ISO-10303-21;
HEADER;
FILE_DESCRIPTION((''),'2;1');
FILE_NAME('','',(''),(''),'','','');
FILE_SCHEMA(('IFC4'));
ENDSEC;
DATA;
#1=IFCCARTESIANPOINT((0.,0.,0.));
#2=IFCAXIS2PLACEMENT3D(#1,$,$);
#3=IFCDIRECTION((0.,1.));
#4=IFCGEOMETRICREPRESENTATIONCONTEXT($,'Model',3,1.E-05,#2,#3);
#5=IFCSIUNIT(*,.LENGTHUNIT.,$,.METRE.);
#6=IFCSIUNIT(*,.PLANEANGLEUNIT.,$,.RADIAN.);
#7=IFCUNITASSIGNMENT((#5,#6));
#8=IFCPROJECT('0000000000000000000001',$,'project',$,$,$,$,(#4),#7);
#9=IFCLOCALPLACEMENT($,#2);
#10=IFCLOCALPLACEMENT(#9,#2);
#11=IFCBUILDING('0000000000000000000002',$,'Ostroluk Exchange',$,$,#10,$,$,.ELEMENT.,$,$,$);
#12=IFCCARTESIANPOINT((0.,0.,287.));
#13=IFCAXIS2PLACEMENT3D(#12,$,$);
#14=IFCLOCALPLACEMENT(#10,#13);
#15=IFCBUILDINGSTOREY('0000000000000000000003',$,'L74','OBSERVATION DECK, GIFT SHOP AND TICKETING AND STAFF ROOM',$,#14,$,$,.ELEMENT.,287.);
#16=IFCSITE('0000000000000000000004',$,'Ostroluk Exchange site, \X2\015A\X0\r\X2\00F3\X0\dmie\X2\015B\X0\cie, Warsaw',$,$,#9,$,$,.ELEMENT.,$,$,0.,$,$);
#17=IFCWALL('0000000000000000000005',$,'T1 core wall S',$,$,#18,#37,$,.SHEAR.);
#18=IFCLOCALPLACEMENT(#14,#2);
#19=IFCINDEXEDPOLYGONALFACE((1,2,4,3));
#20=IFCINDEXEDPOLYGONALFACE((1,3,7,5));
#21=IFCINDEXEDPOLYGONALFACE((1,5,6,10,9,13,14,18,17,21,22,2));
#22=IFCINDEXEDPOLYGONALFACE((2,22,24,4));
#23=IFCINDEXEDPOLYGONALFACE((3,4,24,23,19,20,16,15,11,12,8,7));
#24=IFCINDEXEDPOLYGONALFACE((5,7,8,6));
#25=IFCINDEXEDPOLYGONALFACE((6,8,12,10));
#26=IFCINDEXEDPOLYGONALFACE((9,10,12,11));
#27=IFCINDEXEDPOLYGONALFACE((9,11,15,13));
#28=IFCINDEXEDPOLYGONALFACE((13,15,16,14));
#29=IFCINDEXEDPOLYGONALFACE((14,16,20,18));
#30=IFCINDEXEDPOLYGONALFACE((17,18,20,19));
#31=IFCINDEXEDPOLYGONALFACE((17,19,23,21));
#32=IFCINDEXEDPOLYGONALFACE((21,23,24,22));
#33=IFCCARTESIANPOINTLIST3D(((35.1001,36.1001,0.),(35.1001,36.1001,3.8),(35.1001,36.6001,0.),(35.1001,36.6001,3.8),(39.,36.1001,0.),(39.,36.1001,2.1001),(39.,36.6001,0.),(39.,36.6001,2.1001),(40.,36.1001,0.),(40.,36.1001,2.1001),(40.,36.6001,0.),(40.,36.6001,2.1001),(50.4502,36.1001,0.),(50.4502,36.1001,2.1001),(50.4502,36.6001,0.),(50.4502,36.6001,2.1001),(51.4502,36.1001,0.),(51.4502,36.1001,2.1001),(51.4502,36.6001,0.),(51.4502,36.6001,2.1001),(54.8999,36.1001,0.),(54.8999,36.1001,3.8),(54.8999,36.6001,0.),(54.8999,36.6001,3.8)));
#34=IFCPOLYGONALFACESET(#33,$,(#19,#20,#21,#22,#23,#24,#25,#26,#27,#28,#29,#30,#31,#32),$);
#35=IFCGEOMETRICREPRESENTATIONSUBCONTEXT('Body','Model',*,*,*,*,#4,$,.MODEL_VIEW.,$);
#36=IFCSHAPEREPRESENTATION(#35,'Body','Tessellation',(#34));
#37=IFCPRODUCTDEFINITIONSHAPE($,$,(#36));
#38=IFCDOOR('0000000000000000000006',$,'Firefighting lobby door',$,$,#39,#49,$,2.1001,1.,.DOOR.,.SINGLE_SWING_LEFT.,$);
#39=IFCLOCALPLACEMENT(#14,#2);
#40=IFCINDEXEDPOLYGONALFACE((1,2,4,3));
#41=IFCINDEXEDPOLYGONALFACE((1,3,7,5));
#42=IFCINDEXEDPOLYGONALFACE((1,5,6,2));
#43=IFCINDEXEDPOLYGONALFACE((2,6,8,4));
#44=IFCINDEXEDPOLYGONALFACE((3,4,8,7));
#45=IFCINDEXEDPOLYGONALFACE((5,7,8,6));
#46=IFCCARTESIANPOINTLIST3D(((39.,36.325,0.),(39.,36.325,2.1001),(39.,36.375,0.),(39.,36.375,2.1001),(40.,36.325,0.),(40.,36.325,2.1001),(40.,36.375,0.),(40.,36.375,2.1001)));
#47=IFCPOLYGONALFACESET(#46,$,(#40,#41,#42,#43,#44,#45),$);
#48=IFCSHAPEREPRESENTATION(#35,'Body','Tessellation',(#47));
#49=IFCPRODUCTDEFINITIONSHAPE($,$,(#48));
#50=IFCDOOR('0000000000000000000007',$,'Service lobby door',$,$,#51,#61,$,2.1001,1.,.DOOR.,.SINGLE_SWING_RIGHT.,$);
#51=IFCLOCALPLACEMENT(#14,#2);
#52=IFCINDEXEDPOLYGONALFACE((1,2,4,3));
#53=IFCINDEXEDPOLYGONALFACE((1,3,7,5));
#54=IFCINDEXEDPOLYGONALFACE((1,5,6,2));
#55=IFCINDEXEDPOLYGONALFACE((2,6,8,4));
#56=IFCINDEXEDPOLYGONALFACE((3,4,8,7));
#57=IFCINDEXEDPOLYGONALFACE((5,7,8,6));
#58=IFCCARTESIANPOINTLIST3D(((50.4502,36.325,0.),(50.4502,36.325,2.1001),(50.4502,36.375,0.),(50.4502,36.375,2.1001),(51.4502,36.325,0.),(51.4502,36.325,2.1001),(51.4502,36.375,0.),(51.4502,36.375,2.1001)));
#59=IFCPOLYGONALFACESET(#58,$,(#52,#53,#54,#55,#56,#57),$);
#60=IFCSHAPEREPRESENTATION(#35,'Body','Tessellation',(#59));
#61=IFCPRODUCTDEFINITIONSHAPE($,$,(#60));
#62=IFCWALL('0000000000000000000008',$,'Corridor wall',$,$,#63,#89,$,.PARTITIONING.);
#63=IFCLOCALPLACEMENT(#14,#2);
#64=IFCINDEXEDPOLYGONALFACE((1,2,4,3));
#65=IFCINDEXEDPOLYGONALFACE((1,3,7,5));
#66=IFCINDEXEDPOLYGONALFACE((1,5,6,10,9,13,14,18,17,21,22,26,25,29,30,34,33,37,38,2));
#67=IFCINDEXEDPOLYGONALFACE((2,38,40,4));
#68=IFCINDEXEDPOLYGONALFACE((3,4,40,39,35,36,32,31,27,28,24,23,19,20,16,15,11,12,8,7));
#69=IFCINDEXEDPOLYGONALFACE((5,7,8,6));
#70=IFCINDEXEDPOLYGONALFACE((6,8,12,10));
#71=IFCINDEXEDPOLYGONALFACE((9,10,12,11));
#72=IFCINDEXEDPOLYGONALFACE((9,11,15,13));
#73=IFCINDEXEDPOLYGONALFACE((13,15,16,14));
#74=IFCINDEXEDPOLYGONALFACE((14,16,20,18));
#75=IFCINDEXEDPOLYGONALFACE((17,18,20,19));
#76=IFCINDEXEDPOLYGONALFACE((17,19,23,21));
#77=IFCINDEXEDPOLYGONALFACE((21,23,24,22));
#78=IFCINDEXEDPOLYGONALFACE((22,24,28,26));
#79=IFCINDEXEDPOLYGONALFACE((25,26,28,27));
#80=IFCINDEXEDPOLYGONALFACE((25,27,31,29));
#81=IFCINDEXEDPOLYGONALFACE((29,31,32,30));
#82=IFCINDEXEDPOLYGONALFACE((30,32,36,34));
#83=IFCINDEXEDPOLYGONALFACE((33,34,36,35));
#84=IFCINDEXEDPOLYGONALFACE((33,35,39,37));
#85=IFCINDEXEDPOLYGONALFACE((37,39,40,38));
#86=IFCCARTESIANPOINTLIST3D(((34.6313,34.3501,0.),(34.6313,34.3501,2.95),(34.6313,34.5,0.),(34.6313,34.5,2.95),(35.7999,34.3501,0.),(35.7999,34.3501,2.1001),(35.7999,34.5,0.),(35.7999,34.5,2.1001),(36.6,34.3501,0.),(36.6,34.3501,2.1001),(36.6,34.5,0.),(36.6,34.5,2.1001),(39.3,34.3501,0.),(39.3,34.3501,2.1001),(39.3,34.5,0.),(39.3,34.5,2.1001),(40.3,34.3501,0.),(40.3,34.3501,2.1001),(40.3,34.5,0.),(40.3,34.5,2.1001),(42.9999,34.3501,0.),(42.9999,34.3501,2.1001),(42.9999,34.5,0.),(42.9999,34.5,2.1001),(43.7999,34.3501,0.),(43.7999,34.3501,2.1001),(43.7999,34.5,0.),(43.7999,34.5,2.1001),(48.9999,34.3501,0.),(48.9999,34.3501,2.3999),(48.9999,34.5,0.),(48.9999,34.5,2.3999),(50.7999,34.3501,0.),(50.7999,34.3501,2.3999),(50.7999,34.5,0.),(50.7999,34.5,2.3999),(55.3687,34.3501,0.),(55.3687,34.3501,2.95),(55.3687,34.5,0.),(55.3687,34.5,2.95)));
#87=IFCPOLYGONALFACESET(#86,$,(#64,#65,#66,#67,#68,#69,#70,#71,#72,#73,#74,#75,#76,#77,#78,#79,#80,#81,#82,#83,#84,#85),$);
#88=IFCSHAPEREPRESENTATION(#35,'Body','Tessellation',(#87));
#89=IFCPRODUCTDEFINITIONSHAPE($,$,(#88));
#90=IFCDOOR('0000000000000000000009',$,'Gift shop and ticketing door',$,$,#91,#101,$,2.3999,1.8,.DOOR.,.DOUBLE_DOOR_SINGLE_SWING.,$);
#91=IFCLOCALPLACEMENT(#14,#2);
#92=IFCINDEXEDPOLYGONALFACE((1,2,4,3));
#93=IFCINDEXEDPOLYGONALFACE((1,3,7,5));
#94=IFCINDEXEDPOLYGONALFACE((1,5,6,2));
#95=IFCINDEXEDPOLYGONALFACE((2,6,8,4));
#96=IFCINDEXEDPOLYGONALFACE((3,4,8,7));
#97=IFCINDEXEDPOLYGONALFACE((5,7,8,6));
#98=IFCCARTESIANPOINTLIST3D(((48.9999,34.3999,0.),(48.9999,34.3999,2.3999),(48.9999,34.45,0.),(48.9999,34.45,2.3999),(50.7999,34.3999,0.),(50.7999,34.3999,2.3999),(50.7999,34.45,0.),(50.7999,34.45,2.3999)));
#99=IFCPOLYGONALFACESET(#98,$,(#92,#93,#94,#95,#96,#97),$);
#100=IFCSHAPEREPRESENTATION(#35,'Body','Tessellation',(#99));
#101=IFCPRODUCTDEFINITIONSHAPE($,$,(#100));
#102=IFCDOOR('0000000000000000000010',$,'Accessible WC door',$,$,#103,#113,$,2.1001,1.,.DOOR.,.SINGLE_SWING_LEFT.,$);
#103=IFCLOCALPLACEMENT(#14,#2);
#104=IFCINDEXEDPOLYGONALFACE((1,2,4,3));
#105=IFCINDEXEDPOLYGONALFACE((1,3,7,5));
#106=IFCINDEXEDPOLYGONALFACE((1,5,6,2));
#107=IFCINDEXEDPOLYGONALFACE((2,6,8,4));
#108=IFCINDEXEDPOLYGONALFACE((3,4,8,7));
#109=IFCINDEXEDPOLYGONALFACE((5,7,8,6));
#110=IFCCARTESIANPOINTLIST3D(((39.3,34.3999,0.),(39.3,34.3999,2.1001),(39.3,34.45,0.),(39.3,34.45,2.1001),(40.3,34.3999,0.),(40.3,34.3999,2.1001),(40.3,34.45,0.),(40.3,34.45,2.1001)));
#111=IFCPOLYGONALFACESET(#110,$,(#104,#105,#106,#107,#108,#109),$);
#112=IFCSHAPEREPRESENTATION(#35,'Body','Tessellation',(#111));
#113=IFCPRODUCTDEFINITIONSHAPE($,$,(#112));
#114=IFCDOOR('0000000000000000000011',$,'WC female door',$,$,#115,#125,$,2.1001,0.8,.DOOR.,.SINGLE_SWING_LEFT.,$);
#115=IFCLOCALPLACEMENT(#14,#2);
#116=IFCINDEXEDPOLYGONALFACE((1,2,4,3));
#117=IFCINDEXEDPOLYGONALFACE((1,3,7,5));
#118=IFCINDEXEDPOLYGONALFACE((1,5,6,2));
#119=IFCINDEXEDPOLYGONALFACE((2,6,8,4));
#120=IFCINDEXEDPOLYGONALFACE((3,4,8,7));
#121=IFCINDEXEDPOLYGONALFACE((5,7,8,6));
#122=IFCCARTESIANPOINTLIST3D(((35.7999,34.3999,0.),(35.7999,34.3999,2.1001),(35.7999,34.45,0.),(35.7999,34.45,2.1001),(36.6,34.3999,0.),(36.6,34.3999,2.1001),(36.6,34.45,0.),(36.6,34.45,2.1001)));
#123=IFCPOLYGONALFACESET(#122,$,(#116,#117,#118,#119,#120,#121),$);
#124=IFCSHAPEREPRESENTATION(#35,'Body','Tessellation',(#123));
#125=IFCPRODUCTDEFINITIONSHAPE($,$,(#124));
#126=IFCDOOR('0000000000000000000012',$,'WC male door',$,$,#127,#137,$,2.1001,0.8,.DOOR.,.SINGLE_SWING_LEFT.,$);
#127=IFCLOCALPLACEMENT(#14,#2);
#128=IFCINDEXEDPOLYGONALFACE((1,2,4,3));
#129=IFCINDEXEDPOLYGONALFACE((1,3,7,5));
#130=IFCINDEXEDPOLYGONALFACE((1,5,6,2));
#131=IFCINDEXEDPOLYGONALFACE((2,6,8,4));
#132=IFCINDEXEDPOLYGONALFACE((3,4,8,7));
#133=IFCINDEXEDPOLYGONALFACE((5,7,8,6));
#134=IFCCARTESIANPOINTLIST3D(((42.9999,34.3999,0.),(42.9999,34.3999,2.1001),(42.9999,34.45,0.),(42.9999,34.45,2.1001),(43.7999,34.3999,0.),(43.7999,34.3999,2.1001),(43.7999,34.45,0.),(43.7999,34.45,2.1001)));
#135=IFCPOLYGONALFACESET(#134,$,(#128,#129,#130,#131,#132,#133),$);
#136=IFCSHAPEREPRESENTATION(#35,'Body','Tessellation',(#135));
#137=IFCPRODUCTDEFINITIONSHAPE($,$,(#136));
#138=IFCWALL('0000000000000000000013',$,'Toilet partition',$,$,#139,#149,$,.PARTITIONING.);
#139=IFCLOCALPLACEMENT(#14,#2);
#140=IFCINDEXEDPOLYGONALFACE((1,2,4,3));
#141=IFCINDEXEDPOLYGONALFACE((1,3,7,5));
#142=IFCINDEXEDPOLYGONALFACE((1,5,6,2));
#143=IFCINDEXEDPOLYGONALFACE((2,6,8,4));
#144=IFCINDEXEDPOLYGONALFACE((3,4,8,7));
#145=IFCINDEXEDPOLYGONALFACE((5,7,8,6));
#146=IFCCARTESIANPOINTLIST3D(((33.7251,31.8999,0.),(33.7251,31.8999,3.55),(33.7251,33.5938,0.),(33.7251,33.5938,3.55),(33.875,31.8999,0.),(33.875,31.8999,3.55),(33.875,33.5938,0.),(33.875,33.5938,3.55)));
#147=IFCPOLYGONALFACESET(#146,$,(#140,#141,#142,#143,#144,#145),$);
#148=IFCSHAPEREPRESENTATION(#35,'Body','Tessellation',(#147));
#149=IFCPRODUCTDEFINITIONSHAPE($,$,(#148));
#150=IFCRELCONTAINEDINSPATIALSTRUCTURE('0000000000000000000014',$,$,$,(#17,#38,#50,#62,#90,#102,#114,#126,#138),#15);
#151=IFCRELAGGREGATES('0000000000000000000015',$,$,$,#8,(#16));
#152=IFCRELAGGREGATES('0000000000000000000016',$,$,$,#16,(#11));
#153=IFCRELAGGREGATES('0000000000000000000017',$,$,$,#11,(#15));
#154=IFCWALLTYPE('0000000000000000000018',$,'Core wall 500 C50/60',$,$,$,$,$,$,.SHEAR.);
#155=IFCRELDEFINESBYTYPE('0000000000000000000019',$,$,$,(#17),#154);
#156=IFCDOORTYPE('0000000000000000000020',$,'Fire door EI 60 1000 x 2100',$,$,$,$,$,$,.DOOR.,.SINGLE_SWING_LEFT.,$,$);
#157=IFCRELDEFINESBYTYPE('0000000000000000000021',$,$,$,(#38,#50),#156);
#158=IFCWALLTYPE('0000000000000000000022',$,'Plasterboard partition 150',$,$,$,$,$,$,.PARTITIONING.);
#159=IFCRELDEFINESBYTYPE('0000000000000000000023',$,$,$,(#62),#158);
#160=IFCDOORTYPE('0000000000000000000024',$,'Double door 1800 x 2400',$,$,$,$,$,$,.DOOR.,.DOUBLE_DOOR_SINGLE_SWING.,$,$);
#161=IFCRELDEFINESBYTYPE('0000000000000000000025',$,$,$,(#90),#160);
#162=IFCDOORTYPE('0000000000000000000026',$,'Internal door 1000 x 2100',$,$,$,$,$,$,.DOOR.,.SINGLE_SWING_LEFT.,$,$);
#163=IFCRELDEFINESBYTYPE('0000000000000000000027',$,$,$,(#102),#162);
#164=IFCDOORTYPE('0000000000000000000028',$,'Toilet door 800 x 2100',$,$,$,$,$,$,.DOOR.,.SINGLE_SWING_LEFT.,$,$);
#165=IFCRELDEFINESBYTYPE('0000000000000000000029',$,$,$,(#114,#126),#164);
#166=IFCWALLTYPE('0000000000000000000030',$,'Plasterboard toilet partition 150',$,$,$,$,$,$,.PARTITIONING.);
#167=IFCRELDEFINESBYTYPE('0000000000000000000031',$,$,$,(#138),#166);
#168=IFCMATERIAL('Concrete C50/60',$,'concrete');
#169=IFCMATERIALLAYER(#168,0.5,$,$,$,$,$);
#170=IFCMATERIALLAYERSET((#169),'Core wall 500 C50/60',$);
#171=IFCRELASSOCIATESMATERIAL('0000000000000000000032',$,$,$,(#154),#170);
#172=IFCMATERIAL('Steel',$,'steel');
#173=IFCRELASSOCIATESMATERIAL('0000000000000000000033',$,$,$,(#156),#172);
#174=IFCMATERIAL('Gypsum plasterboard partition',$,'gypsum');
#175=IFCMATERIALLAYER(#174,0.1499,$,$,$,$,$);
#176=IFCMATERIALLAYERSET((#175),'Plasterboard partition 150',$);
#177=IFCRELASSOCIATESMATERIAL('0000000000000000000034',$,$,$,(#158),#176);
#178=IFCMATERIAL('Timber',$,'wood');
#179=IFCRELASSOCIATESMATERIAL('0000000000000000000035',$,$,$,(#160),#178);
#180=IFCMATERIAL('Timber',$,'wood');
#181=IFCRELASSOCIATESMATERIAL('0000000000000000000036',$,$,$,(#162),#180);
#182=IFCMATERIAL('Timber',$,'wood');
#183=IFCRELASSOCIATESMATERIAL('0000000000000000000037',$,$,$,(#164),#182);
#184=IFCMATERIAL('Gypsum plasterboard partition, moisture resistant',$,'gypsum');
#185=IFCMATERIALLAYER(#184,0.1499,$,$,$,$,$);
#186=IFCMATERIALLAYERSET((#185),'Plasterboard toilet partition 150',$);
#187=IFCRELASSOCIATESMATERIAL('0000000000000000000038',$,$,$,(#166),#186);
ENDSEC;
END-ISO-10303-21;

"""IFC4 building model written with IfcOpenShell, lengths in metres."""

from ifc_helpers import new_model, si_unit, direction, frame, frame_2d, origin, place, context, subcontext, project, spatial, rectangle, extrude, material, layer, layer_set, type_object, element, fill, save


model = new_model("IFC4")

# Units and contexts
model_context = context("Model", 3, precision=1e-05, world=origin(), true_north=direction((0.0, 1.0)))
body_context = subcontext(model_context, "Body", "Model", "MODEL_VIEW")
ifc_project = project(units=[si_unit("LENGTHUNIT", "METRE"), si_unit("PLANEANGLEUNIT", "RADIAN")], contexts=[model_context])

# Site, building, storey
site_placement = place(None, origin())
site = spatial("IfcSite", under=ifc_project, at=site_placement, Name="Ostroluk Exchange site, Śródmieście, Warsaw", CompositionType="ELEMENT", RefElevation=0.0)
building_placement = place(site_placement, origin())
building = spatial("IfcBuilding", under=site, at=building_placement, Name="Ostroluk Exchange", CompositionType="ELEMENT")
storey_placement = place(building_placement, frame((0.0, 0.0, 287.0)))
storey = spatial("IfcBuildingStorey", under=building, at=storey_placement, Name="L74", Description="OBSERVATION DECK, GIFT SHOP AND TICKETING AND STAFF ROOM", CompositionType="ELEMENT", Elevation=287.0)

# Wall, openings, doors
ifc_material_1 = material(Name="Concrete C50/60", Category="concrete")
ifc_layer_1 = layer(ifc_material_1, 0.5)
ifc_layer_set_1 = layer_set([ifc_layer_1], Name="Core wall 500 C50/60")
wall_type_1 = type_object("IfcWallType", Name="Core wall 500 C50/60", PredefinedType="SHEAR", material=ifc_layer_set_1)
wall_1_placement = place(storey_placement, frame((35.1001, 36.3501, 0.0), z_axis=(0.0, 0.0, 1.0), x_axis=(1.0, 0.0, 0.0)))
wall_1 = element("IfcWall", 1, at=wall_1_placement, inside=storey, type_object=wall_type_1, Name="T1 core wall S", PredefinedType="SHEAR", context=body_context, shape_type="SweptSolid", body=[
    extrude(rectangle(XDim=19.7998, YDim=0.5, at=frame_2d((9.8999, 0.0))), origin(), (0.0, 0.0, 1.0), 3.8),
])
opening_1_placement = place(wall_1_placement, frame((3.8999, 0.0, 0.0)))
opening_1 = element("IfcOpeningElement", 2, at=opening_1_placement, cuts=wall_1, PredefinedType="OPENING", context=body_context, shape_type="SweptSolid", body=[
    extrude(rectangle(XDim=1.0, YDim=2.1001, at=frame_2d((0.5, 1.05))), frame((0.0, 0.26, 0.0), z_axis=(0.0, -1.0, 0.0), x_axis=(1.0, 0.0, 0.0)), (0.0, 0.0, 1.0), 0.52),
])
opening_2_placement = place(wall_1_placement, frame((15.3501, 0.0, 0.0)))
opening_2 = element("IfcOpeningElement", 3, at=opening_2_placement, cuts=wall_1, PredefinedType="OPENING", context=body_context, shape_type="SweptSolid", body=[
    extrude(rectangle(XDim=1.0, YDim=2.1001, at=frame_2d((0.5, 1.05))), frame((0.0, 0.26, 0.0), z_axis=(0.0, -1.0, 0.0), x_axis=(1.0, 0.0, 0.0)), (0.0, 0.0, 1.0), 0.52),
])
ifc_material_2 = material(Name="Steel", Category="steel")
door_type_1 = type_object("IfcDoorType", Name="Fire door EI 60 1000 x 2100", OperationType="SINGLE_SWING_LEFT", PredefinedType="DOOR", material=ifc_material_2)
door_1_placement = place(opening_1_placement, origin())
door_1 = element("IfcDoor", 4, at=door_1_placement, inside=storey, type_object=door_type_1, Name="Firefighting lobby door", OperationType="SINGLE_SWING_LEFT", OverallHeight=2.1001, OverallWidth=1.0, PredefinedType="DOOR", context=body_context, shape_type="SweptSolid", body=[
    extrude(rectangle(XDim=1.0, YDim=2.1001, at=frame_2d((0.5, 1.05))), frame((0.0, 0.0249, 0.0), z_axis=(0.0, -1.0, 0.0), x_axis=(1.0, 0.0, 0.0)), (0.0, 0.0, 1.0), 0.05),
])
fill(opening_1, door_1)
door_2_placement = place(opening_2_placement, origin())
door_2 = element("IfcDoor", 5, at=door_2_placement, inside=storey, type_object=door_type_1, Name="Service lobby door", OperationType="SINGLE_SWING_RIGHT", OverallHeight=2.1001, OverallWidth=1.0, PredefinedType="DOOR", context=body_context, shape_type="SweptSolid", body=[
    extrude(rectangle(XDim=1.0, YDim=2.1001, at=frame_2d((0.5, 1.05))), frame((0.0, 0.0249, 0.0), z_axis=(0.0, -1.0, 0.0), x_axis=(1.0, 0.0, 0.0)), (0.0, 0.0, 1.0), 0.05),
])
fill(opening_2, door_2)

# Wall, openings, doors
ifc_material_3 = material(Name="Gypsum plasterboard partition", Category="gypsum")
ifc_layer_2 = layer(ifc_material_3, 0.1499)
ifc_layer_set_2 = layer_set([ifc_layer_2], Name="Plasterboard partition 150")
wall_type_2 = type_object("IfcWallType", Name="Plasterboard partition 150", PredefinedType="PARTITIONING", material=ifc_layer_set_2)
wall_2_placement = place(storey_placement, frame((34.6313, 34.425, 0.0), z_axis=(0.0, 0.0, 1.0), x_axis=(1.0, 0.0, 0.0)))
wall_2 = element("IfcWall", 6, at=wall_2_placement, inside=storey, type_object=wall_type_2, Name="Corridor wall", PredefinedType="PARTITIONING", context=body_context, shape_type="SweptSolid", body=[
    extrude(rectangle(XDim=20.7373, YDim=0.1499, at=frame_2d((10.3687, 0.0))), origin(), (0.0, 0.0, 1.0), 2.95),
])
opening_3_placement = place(wall_2_placement, frame((1.1687, 0.0, 0.0)))
opening_3 = element("IfcOpeningElement", 7, at=opening_3_placement, cuts=wall_2, PredefinedType="OPENING", context=body_context, shape_type="SweptSolid", body=[
    extrude(rectangle(XDim=0.8, YDim=2.1001, at=frame_2d((0.3999, 1.05))), frame((0.0, 0.085, 0.0), z_axis=(0.0, -1.0, 0.0), x_axis=(1.0, 0.0, 0.0)), (0.0, 0.0, 1.0), 0.1699),
])
opening_4_placement = place(wall_2_placement, frame((4.6687, 0.0, 0.0)))
opening_4 = element("IfcOpeningElement", 8, at=opening_4_placement, cuts=wall_2, PredefinedType="OPENING", context=body_context, shape_type="SweptSolid", body=[
    extrude(rectangle(XDim=1.0, YDim=2.1001, at=frame_2d((0.5, 1.05))), frame((0.0, 0.085, 0.0), z_axis=(0.0, -1.0, 0.0), x_axis=(1.0, 0.0, 0.0)), (0.0, 0.0, 1.0), 0.1699),
])
opening_5_placement = place(wall_2_placement, frame((8.3687, 0.0, 0.0)))
opening_5 = element("IfcOpeningElement", 9, at=opening_5_placement, cuts=wall_2, PredefinedType="OPENING", context=body_context, shape_type="SweptSolid", body=[
    extrude(rectangle(XDim=0.8, YDim=2.1001, at=frame_2d((0.3999, 1.05))), frame((0.0, 0.085, 0.0), z_axis=(0.0, -1.0, 0.0), x_axis=(1.0, 0.0, 0.0)), (0.0, 0.0, 1.0), 0.1699),
])
opening_6_placement = place(wall_2_placement, frame((14.3687, 0.0, 0.0)))
opening_6 = element("IfcOpeningElement", 10, at=opening_6_placement, cuts=wall_2, PredefinedType="OPENING", context=body_context, shape_type="SweptSolid", body=[
    extrude(rectangle(XDim=1.8, YDim=2.3999, at=frame_2d((0.8999, 1.2))), frame((0.0, 0.085, 0.0), z_axis=(0.0, -1.0, 0.0), x_axis=(1.0, 0.0, 0.0)), (0.0, 0.0, 1.0), 0.1699),
])
ifc_material_4 = material(Name="Timber", Category="wood")
door_type_2 = type_object("IfcDoorType", Name="Double door 1800 x 2400", OperationType="DOUBLE_DOOR_SINGLE_SWING", PredefinedType="DOOR", material=ifc_material_4)
door_3_placement = place(opening_6_placement, origin())
door_3 = element("IfcDoor", 11, at=door_3_placement, inside=storey, type_object=door_type_2, Name="Gift shop and ticketing door", OperationType="DOUBLE_DOOR_SINGLE_SWING", OverallHeight=2.3999, OverallWidth=1.8, PredefinedType="DOOR", context=body_context, shape_type="SweptSolid", body=[
    extrude(rectangle(XDim=1.8, YDim=2.3999, at=frame_2d((0.8999, 1.2))), frame((0.0, 0.0249, 0.0), z_axis=(0.0, -1.0, 0.0), x_axis=(1.0, 0.0, 0.0)), (0.0, 0.0, 1.0), 0.05),
])
fill(opening_6, door_3)
ifc_material_5 = material(Name="Timber", Category="wood")
door_type_3 = type_object("IfcDoorType", Name="Internal door 1000 x 2100", OperationType="SINGLE_SWING_LEFT", PredefinedType="DOOR", material=ifc_material_5)
door_4_placement = place(opening_4_placement, origin())
door_4 = element("IfcDoor", 12, at=door_4_placement, inside=storey, type_object=door_type_3, Name="Accessible WC door", OperationType="SINGLE_SWING_LEFT", OverallHeight=2.1001, OverallWidth=1.0, PredefinedType="DOOR", context=body_context, shape_type="SweptSolid", body=[
    extrude(rectangle(XDim=1.0, YDim=2.1001, at=frame_2d((0.5, 1.05))), frame((0.0, 0.0249, 0.0), z_axis=(0.0, -1.0, 0.0), x_axis=(1.0, 0.0, 0.0)), (0.0, 0.0, 1.0), 0.05),
])
fill(opening_4, door_4)
ifc_material_6 = material(Name="Timber", Category="wood")
door_type_4 = type_object("IfcDoorType", Name="Toilet door 800 x 2100", OperationType="SINGLE_SWING_LEFT", PredefinedType="DOOR", material=ifc_material_6)
door_5_placement = place(opening_3_placement, origin())
door_5 = element("IfcDoor", 13, at=door_5_placement, inside=storey, type_object=door_type_4, Name="WC female door", OperationType="SINGLE_SWING_LEFT", OverallHeight=2.1001, OverallWidth=0.8, PredefinedType="DOOR", context=body_context, shape_type="SweptSolid", body=[
    extrude(rectangle(XDim=0.8, YDim=2.1001, at=frame_2d((0.3999, 1.05))), frame((0.0, 0.0249, 0.0), z_axis=(0.0, -1.0, 0.0), x_axis=(1.0, 0.0, 0.0)), (0.0, 0.0, 1.0), 0.05),
])
fill(opening_3, door_5)
door_6_placement = place(opening_5_placement, origin())
door_6 = element("IfcDoor", 14, at=door_6_placement, inside=storey, type_object=door_type_4, Name="WC male door", OperationType="SINGLE_SWING_LEFT", OverallHeight=2.1001, OverallWidth=0.8, PredefinedType="DOOR", context=body_context, shape_type="SweptSolid", body=[
    extrude(rectangle(XDim=0.8, YDim=2.1001, at=frame_2d((0.3999, 1.05))), frame((0.0, 0.0249, 0.0), z_axis=(0.0, -1.0, 0.0), x_axis=(1.0, 0.0, 0.0)), (0.0, 0.0, 1.0), 0.05),
])
fill(opening_5, door_6)

# Wall
ifc_material_7 = material(Name="Gypsum plasterboard partition, moisture resistant", Category="gypsum")
ifc_layer_3 = layer(ifc_material_7, 0.1499)
ifc_layer_set_3 = layer_set([ifc_layer_3], Name="Plasterboard toilet partition 150")
wall_type_3 = type_object("IfcWallType", Name="Plasterboard toilet partition 150", PredefinedType="PARTITIONING", material=ifc_layer_set_3)
wall_3_placement = place(storey_placement, frame((33.8, 33.5938, 0.0), z_axis=(0.0, 0.0, 1.0), x_axis=(0.0, -1.0, 0.0)))
element("IfcWall", 15, at=wall_3_placement, inside=storey, type_object=wall_type_3, Name="Toilet partition", PredefinedType="PARTITIONING", context=body_context, shape_type="SweptSolid", body=[
    extrude(rectangle(XDim=1.6938, YDim=0.1499, at=frame_2d((0.8469, 0.0))), origin(), (0.0, 0.0, 1.0), 3.55),
])

save(model, "model.ifc")
